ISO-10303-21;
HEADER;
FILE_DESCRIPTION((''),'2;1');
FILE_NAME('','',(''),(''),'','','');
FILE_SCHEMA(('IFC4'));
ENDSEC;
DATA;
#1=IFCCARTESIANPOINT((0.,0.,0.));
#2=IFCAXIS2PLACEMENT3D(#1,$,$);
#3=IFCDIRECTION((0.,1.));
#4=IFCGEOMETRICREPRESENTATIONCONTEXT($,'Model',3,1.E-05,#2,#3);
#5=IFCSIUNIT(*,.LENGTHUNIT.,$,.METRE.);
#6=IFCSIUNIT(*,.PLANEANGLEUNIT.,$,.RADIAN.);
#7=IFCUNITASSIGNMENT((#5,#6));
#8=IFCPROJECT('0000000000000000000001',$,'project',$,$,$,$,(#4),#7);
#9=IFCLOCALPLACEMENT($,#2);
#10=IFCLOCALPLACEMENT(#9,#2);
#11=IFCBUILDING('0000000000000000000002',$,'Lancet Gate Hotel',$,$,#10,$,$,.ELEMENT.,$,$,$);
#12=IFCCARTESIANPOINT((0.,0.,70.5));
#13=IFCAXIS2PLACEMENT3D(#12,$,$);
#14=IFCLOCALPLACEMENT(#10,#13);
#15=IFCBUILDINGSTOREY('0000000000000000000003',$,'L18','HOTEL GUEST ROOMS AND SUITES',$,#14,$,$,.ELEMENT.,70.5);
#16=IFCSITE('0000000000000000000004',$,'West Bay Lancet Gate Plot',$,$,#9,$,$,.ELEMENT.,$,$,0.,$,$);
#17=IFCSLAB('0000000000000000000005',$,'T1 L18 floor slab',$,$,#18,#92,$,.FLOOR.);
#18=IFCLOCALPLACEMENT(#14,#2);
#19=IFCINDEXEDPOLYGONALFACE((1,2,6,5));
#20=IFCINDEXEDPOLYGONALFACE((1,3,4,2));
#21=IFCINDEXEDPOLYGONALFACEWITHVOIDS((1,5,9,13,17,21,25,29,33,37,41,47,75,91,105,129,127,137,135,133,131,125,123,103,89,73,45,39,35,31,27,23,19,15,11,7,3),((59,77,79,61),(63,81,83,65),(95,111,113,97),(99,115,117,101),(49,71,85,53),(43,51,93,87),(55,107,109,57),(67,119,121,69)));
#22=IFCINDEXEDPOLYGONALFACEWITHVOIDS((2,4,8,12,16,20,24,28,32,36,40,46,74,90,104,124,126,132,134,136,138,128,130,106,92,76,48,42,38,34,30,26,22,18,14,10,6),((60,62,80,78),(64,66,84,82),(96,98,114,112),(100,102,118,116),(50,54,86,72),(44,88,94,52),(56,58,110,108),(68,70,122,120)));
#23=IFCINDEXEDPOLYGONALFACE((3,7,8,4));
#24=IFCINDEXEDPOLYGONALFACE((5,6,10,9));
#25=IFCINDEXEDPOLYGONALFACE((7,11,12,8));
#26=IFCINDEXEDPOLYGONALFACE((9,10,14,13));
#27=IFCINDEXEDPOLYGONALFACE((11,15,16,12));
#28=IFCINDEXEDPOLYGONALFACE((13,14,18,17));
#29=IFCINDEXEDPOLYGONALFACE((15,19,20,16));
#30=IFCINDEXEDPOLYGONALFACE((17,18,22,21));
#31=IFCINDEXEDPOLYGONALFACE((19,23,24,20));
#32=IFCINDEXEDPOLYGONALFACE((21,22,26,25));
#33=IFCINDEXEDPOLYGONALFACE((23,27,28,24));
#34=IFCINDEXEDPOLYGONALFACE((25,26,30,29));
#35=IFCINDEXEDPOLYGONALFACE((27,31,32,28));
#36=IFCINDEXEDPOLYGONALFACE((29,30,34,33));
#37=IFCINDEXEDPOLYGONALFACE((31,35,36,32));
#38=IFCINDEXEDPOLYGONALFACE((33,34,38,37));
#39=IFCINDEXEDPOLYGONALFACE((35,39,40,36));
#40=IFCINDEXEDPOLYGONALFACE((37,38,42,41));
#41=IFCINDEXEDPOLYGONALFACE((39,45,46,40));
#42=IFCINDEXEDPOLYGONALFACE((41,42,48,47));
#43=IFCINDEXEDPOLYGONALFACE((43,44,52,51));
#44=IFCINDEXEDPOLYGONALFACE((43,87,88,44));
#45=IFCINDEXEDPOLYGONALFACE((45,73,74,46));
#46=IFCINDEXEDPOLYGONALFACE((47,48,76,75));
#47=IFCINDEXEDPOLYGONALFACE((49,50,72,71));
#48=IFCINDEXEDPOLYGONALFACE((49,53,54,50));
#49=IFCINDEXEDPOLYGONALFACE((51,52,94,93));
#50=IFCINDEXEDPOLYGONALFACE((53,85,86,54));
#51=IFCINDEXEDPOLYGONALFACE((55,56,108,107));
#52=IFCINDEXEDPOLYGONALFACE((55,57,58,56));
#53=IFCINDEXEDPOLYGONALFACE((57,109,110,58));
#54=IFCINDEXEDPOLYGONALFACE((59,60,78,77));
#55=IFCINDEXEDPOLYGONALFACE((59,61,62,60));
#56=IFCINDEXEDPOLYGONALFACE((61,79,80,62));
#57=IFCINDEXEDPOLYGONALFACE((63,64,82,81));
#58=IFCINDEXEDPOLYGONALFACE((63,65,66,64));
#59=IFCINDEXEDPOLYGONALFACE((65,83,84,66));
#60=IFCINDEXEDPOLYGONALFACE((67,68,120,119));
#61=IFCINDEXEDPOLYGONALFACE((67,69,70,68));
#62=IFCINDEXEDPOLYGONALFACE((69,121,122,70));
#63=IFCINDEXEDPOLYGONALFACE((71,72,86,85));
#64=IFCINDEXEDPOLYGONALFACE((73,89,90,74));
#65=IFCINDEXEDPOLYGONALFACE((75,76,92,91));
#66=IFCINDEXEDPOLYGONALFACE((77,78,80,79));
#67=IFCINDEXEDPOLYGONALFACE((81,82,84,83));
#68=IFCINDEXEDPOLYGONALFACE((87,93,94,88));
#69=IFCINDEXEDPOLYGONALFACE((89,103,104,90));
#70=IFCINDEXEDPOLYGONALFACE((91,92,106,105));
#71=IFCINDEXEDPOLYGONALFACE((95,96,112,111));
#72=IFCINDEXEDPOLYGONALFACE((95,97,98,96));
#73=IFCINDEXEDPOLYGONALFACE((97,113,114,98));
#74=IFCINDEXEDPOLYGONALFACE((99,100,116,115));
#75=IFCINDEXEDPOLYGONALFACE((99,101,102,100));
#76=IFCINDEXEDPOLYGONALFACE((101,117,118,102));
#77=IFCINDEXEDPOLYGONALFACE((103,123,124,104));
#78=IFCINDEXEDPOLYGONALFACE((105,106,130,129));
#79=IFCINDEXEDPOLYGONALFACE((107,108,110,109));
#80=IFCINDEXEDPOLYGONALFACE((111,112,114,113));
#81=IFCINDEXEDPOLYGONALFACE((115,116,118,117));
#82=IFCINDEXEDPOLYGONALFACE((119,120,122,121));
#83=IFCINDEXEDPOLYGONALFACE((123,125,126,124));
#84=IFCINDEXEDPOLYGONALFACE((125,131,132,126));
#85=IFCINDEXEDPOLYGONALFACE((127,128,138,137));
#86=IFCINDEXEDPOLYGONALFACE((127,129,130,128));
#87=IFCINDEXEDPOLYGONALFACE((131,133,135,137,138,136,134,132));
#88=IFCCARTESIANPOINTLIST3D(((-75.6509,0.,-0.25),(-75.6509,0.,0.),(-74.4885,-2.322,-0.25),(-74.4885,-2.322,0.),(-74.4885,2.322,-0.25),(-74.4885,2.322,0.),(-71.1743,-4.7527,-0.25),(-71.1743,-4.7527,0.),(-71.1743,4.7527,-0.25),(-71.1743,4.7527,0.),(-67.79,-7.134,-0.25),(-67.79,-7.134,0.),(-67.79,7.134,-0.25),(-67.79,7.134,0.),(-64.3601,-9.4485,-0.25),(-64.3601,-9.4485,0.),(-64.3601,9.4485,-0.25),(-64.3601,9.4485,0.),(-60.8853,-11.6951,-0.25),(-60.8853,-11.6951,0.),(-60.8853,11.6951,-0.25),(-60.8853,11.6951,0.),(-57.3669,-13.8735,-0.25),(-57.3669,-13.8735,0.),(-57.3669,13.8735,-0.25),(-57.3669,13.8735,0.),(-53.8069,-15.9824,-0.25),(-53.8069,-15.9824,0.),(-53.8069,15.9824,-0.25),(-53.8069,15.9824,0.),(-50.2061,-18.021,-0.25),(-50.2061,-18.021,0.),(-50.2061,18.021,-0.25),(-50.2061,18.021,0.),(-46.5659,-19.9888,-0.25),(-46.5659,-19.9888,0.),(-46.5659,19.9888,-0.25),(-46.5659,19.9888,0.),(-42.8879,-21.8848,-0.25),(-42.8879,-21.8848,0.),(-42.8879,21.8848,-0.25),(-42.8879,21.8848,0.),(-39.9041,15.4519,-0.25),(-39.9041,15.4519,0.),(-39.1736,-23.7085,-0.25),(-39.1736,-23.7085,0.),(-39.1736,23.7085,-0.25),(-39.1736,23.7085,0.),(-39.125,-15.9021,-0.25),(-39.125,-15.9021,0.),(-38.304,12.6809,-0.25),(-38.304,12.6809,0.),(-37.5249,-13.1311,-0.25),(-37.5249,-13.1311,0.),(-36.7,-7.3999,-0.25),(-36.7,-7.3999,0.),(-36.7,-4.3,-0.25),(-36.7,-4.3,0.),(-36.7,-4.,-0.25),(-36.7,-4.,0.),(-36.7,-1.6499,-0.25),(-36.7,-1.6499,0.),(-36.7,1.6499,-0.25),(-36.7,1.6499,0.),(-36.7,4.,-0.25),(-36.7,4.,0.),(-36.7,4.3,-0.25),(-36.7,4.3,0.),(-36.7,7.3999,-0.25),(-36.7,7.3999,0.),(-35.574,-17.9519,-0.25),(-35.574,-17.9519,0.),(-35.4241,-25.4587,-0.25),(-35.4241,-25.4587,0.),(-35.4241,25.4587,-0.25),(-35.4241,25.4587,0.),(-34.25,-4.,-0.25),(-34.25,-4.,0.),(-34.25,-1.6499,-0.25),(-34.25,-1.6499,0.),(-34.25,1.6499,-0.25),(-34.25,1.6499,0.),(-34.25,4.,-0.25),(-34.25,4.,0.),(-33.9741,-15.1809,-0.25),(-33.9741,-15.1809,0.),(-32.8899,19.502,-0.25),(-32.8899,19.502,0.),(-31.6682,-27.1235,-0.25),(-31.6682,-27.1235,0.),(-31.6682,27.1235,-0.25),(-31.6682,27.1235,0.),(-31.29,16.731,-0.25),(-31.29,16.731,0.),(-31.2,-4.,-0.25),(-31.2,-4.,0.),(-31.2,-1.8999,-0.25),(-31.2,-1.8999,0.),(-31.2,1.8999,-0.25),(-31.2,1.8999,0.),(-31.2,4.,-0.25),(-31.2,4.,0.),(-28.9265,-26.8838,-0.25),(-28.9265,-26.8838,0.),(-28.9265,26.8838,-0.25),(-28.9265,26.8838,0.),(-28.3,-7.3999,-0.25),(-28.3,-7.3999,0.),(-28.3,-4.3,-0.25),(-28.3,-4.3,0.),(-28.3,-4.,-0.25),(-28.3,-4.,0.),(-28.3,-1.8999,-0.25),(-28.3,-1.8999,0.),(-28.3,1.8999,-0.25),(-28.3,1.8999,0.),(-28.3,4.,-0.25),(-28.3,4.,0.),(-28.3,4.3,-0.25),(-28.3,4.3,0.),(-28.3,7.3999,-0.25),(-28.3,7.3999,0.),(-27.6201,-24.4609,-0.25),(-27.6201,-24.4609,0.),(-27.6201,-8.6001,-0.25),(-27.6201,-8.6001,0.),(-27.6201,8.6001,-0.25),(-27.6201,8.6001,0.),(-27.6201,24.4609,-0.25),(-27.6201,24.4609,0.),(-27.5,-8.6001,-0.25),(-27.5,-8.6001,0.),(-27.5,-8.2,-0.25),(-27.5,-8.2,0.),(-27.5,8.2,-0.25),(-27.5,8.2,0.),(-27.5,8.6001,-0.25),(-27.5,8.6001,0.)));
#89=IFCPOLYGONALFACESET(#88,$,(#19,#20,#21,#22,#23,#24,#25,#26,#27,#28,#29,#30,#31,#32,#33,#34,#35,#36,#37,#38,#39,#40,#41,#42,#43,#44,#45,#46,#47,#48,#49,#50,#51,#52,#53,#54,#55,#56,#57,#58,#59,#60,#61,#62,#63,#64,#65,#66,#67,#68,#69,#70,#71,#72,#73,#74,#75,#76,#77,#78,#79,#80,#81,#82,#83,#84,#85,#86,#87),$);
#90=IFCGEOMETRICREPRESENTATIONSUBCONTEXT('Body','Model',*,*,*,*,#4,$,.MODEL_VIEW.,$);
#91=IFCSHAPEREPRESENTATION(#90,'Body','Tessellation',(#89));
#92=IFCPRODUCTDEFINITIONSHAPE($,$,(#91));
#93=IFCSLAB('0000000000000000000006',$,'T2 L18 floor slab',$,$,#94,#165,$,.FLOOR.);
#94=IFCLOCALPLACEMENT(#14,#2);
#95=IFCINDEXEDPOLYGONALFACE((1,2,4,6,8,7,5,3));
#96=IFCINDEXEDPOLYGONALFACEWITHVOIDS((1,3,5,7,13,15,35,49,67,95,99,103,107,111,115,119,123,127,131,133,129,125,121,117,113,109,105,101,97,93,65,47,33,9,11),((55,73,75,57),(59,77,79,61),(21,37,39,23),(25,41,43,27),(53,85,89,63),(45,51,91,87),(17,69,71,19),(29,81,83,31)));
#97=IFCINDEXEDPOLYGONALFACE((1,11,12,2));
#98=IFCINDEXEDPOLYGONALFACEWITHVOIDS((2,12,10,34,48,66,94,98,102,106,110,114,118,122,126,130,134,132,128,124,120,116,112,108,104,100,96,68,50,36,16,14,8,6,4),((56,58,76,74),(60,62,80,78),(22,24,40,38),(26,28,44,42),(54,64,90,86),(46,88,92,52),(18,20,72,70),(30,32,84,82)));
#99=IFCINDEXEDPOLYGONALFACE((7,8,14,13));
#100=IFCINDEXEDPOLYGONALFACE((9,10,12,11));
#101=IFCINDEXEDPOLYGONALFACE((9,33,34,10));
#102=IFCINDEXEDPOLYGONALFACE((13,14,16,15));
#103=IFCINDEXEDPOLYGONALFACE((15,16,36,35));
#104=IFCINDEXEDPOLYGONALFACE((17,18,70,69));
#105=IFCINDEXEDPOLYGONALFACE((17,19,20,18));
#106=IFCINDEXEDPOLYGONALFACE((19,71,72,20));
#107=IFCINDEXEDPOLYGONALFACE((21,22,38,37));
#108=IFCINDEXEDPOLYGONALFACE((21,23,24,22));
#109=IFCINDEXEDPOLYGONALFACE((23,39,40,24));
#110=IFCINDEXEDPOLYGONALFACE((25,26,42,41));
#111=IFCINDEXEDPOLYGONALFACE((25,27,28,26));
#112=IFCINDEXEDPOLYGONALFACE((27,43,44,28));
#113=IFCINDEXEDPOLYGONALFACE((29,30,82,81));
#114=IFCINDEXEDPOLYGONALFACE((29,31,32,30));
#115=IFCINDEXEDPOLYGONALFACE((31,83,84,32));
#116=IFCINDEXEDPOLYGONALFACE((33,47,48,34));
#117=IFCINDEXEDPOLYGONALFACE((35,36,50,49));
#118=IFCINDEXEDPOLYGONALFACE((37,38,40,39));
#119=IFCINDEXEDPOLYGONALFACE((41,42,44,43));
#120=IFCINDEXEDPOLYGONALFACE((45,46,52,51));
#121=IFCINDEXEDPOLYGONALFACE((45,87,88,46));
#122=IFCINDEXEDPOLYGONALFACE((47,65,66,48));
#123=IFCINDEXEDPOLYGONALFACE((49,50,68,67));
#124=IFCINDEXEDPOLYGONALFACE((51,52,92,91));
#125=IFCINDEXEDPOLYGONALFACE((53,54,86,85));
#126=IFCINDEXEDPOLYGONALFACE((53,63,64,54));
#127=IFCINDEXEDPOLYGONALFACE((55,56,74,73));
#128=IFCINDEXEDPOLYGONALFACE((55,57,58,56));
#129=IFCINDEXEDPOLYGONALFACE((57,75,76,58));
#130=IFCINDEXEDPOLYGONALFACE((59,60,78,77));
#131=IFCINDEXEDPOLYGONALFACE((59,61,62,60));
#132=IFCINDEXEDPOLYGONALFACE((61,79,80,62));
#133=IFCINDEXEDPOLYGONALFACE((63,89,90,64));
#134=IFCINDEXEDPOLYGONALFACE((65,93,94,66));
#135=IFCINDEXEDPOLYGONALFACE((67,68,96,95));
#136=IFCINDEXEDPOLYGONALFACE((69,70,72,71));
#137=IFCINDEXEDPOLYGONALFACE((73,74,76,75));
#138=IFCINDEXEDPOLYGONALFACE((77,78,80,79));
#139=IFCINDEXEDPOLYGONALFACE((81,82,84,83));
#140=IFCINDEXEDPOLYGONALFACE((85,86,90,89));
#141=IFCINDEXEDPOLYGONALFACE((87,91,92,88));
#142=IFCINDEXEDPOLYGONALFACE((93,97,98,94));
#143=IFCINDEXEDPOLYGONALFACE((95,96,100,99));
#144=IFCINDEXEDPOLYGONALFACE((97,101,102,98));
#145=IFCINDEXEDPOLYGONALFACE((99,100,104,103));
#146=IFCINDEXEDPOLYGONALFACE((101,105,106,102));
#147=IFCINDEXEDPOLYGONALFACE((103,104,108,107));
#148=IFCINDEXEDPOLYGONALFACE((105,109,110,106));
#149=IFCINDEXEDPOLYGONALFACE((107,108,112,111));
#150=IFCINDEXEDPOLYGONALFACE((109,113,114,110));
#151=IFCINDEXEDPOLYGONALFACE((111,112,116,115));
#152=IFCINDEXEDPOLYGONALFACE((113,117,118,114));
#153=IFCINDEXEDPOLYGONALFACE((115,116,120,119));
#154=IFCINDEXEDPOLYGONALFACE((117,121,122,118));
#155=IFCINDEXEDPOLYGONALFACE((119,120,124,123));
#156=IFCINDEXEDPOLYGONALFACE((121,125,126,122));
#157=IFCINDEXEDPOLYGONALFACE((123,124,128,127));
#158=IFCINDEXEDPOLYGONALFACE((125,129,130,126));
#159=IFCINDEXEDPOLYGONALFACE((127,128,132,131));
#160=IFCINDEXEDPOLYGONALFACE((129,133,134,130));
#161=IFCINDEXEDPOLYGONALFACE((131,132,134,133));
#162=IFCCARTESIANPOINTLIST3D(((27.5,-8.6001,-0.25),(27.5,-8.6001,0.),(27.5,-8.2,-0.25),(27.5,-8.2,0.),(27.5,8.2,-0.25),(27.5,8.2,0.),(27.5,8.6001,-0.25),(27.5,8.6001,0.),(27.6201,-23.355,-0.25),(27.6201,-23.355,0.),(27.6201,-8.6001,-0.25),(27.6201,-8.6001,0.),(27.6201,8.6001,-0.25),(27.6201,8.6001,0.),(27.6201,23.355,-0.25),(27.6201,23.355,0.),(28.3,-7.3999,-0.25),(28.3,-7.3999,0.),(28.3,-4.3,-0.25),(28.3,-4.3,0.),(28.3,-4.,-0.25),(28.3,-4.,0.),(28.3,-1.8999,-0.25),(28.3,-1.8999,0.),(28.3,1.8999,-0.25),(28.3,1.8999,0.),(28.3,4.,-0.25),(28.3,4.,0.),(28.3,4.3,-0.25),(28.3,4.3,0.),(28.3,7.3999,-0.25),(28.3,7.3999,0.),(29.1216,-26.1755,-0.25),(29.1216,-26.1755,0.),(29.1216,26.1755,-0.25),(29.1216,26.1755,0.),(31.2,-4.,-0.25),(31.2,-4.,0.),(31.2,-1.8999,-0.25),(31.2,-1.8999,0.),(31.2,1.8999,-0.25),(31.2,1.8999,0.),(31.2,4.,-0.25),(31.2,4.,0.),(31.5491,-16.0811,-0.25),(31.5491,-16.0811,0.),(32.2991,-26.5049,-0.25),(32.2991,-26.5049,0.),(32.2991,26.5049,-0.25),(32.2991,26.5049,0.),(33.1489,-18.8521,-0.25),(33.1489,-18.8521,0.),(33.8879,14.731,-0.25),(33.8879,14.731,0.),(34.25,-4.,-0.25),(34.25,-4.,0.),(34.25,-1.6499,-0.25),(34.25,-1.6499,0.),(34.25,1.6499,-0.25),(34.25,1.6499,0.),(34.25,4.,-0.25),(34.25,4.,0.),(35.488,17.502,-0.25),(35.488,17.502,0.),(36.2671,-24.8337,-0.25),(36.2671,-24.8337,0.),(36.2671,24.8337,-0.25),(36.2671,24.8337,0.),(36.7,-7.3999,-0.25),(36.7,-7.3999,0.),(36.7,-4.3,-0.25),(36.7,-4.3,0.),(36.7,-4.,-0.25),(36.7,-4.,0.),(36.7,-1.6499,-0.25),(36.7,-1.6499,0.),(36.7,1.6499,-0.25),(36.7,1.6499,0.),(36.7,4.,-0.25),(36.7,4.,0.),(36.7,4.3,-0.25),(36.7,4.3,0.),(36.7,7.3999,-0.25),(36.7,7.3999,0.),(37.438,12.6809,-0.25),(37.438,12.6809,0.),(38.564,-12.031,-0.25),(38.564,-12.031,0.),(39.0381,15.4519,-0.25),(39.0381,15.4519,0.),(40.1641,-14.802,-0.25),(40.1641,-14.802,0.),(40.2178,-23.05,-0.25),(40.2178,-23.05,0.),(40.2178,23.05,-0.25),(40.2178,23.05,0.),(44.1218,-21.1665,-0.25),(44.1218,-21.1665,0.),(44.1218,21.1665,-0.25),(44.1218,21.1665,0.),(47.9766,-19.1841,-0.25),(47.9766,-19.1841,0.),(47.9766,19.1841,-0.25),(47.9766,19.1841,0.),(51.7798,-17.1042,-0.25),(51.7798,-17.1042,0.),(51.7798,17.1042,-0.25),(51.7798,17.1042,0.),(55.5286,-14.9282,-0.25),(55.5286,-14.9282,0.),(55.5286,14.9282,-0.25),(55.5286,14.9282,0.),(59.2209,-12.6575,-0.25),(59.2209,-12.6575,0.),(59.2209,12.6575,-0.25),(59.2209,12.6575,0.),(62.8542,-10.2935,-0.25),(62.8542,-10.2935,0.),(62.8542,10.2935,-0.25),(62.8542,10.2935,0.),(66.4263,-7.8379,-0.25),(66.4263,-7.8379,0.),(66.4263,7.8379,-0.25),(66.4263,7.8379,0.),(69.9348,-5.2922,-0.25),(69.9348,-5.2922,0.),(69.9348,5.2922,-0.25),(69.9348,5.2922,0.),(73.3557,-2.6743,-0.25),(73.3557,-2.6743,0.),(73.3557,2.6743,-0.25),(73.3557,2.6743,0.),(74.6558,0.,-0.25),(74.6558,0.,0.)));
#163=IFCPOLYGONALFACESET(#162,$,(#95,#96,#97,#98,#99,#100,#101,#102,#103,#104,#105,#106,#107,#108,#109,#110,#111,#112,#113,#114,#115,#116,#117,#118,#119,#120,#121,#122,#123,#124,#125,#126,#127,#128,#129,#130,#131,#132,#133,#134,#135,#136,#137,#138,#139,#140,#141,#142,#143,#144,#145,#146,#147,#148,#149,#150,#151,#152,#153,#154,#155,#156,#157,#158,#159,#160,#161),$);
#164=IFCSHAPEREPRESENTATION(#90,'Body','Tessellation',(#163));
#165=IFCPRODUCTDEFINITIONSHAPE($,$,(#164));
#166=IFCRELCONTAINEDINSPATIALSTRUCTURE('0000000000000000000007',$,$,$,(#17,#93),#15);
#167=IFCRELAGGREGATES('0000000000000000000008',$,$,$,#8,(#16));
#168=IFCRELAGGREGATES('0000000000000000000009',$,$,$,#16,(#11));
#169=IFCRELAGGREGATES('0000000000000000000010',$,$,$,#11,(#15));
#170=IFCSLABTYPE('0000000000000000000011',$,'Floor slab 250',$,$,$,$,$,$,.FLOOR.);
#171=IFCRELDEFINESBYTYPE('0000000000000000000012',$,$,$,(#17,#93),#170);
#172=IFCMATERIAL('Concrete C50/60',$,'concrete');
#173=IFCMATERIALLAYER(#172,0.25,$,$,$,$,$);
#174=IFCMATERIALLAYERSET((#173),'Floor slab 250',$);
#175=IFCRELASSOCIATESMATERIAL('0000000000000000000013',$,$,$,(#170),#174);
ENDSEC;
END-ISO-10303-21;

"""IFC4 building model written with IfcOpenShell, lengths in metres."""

from ifc_helpers import new_model, si_unit, direction, frame, origin, place, context, subcontext, project, spatial, polyline, outline, extrude, material, layer, layer_set, type_object, element, save


model = new_model("IFC4")

# Units and contexts
model_context = context("Model", 3, precision=1e-05, world=origin(), true_north=direction((0.0, 1.0)))
body_context = subcontext(model_context, "Body", "Model", "MODEL_VIEW")
ifc_project = project(units=[si_unit("LENGTHUNIT", "METRE"), si_unit("PLANEANGLEUNIT", "RADIAN")], contexts=[model_context])

# Site, building, storey
site_placement = place(None, origin())
site = spatial("IfcSite", under=ifc_project, at=site_placement, Name="West Bay Lancet Gate Plot", CompositionType="ELEMENT", RefElevation=0.0)
building_placement = place(site_placement, origin())
building = spatial("IfcBuilding", under=site, at=building_placement, Name="Lancet Gate Hotel", CompositionType="ELEMENT")
storey_placement = place(building_placement, frame((0.0, 0.0, 70.5)))
storey = spatial("IfcBuildingStorey", under=building, at=storey_placement, Name="L18", Description="HOTEL GUEST ROOMS AND SUITES", CompositionType="ELEMENT", Elevation=70.5)

# Slabs
ifc_material_1 = material(Name="Concrete C50/60", Category="concrete")
ifc_layer_1 = layer(ifc_material_1, 0.25)
ifc_layer_set_1 = layer_set([ifc_layer_1], Name="Floor slab 250")
slab_type_1 = type_object("IfcSlabType", Name="Floor slab 250", PredefinedType="FLOOR", material=ifc_layer_set_1)
slab_1_placement = place(storey_placement, frame((0.0, 0.0, -0.25)))
element("IfcSlab", 1, at=slab_1_placement, inside=storey, type_object=slab_type_1, Name="T1 L18 floor slab", PredefinedType="FLOOR", context=body_context, shape_type="SweptSolid", body=[
    extrude(outline(polyline([(-27.5, 8.6001), (-27.6201, 8.6001), (-27.6201, 24.4609), (-28.9265, 26.8838), (-31.6682, 27.1235), (-35.4241, 25.4587), (-39.1736, 23.7085), (-42.8879, 21.8848), (-46.5659, 19.9888), (-50.2061, 18.021), (-53.8069, 15.9824), (-57.3669, 13.8735), (-60.8853, 11.6951), (-64.3601, 9.4485), (-67.79, 7.134), (-71.1743, 4.7527), (-74.4885, 2.322), (-75.6509, 0.0), (-74.4885, -2.322), (-71.1743, -4.7527), (-67.79, -7.134), (-64.3601, -9.4485), (-60.8853, -11.6951), (-57.3669, -13.8735), (-53.8069, -15.9824), (-50.2061, -18.021), (-46.5659, -19.9888), (-42.8879, -21.8848), (-39.1736, -23.7085), (-35.4241, -25.4587), (-31.6682, -27.1235), (-28.9265, -26.8838), (-27.6201, -24.4609), (-27.6201, -8.6001), (-27.5, -8.6001), (-27.5, -8.2), (-27.5, 8.2), (-27.5, 8.6001)]), holes=[polyline([(-36.7, 7.3999), (-36.7, 4.3), (-28.3, 4.3), (-28.3, 7.3999), (-36.7, 7.3999)]), polyline([(-28.3, 4.0), (-31.2, 4.0), (-31.2, 1.8999), (-28.3, 1.8999), (-28.3, 4.0)]), polyline([(-34.25, 4.0), (-36.7, 4.0), (-36.7, 1.6499), (-34.25, 1.6499), (-34.25, 4.0)]), polyline([(-36.7, -1.6499), (-36.7, -4.0), (-34.25, -4.0), (-34.25, -1.6499), (-36.7, -1.6499)]), polyline([(-28.3, -1.8999), (-31.2, -1.8999), (-31.2, -4.0), (-28.3, -4.0), (-28.3, -1.8999)]), polyline([(-28.3, -4.3), (-36.7, -4.3), (-36.7, -7.3999), (-28.3, -7.3999), (-28.3, -4.3)]), polyline([(-31.29, 16.731), (-32.8899, 19.502), (-39.9041, 15.4519), (-38.304, 12.6809), (-31.29, 16.731)]), polyline([(-33.9741, -15.1809), (-37.5249, -13.1311), (-39.125, -15.9021), (-35.574, -17.9519), (-33.9741, -15.1809)])]), origin(), (0.0, 0.0, 1.0), 0.25),
])
slab_2_placement = place(storey_placement, frame((0.0, 0.0, -0.25)))
element("IfcSlab", 2, at=slab_2_placement, inside=storey, type_object=slab_type_1, Name="T2 L18 floor slab", PredefinedType="FLOOR", context=body_context, shape_type="SweptSolid", body=[
    extrude(outline(polyline([(27.5, -8.6001), (27.6201, -8.6001), (27.6201, -23.355), (29.1216, -26.1755), (32.2991, -26.5049), (36.2671, -24.8337), (40.2178, -23.05), (44.1218, -21.1665), (47.9766, -19.1841), (51.7798, -17.1042), (55.5286, -14.9282), (59.2209, -12.6575), (62.8542, -10.2935), (66.4263, -7.8379), (69.9348, -5.2922), (73.3557, -2.6743), (74.6558, 0.0), (73.3557, 2.6743), (69.9348, 5.2922), (66.4263, 7.8379), (62.8542, 10.2935), (59.2209, 12.6575), (55.5286, 14.9282), (51.7798, 17.1042), (47.9766, 19.1841), (44.1218, 21.1665), (40.2178, 23.05), (36.2671, 24.8337), (32.2991, 26.5049), (29.1216, 26.1755), (27.6201, 23.355), (27.6201, 8.6001), (27.5, 8.6001), (27.5, 8.2), (27.5, -8.2), (27.5, -8.6001)]), holes=[polyline([(36.7, -7.3999), (36.7, -4.3), (28.3, -4.3), (28.3, -7.3999), (36.7, -7.3999)]), polyline([(28.3, -4.0), (31.2, -4.0), (31.2, -1.8999), (28.3, -1.8999), (28.3, -4.0)]), polyline([(34.25, -4.0), (36.7, -4.0), (36.7, -1.6499), (34.25, -1.6499), (34.25, -4.0)]), polyline([(36.7, 1.6499), (36.7, 4.0), (34.25, 4.0), (34.25, 1.6499), (36.7, 1.6499)]), polyline([(28.3, 1.8999), (31.2, 1.8999), (31.2, 4.0), (28.3, 4.0), (28.3, 1.8999)]), polyline([(28.3, 4.3), (36.7, 4.3), (36.7, 7.3999), (28.3, 7.3999), (28.3, 4.3)]), polyline([(31.5491, -16.0811), (33.1489, -18.8521), (40.1641, -14.802), (38.564, -12.031), (31.5491, -16.0811)]), polyline([(33.8879, 14.731), (37.438, 12.6809), (39.0381, 15.4519), (35.488, 17.502), (33.8879, 14.731)])]), origin(), (0.0, 0.0, 1.0), 0.25),
])

save(model, "model.ifc")
